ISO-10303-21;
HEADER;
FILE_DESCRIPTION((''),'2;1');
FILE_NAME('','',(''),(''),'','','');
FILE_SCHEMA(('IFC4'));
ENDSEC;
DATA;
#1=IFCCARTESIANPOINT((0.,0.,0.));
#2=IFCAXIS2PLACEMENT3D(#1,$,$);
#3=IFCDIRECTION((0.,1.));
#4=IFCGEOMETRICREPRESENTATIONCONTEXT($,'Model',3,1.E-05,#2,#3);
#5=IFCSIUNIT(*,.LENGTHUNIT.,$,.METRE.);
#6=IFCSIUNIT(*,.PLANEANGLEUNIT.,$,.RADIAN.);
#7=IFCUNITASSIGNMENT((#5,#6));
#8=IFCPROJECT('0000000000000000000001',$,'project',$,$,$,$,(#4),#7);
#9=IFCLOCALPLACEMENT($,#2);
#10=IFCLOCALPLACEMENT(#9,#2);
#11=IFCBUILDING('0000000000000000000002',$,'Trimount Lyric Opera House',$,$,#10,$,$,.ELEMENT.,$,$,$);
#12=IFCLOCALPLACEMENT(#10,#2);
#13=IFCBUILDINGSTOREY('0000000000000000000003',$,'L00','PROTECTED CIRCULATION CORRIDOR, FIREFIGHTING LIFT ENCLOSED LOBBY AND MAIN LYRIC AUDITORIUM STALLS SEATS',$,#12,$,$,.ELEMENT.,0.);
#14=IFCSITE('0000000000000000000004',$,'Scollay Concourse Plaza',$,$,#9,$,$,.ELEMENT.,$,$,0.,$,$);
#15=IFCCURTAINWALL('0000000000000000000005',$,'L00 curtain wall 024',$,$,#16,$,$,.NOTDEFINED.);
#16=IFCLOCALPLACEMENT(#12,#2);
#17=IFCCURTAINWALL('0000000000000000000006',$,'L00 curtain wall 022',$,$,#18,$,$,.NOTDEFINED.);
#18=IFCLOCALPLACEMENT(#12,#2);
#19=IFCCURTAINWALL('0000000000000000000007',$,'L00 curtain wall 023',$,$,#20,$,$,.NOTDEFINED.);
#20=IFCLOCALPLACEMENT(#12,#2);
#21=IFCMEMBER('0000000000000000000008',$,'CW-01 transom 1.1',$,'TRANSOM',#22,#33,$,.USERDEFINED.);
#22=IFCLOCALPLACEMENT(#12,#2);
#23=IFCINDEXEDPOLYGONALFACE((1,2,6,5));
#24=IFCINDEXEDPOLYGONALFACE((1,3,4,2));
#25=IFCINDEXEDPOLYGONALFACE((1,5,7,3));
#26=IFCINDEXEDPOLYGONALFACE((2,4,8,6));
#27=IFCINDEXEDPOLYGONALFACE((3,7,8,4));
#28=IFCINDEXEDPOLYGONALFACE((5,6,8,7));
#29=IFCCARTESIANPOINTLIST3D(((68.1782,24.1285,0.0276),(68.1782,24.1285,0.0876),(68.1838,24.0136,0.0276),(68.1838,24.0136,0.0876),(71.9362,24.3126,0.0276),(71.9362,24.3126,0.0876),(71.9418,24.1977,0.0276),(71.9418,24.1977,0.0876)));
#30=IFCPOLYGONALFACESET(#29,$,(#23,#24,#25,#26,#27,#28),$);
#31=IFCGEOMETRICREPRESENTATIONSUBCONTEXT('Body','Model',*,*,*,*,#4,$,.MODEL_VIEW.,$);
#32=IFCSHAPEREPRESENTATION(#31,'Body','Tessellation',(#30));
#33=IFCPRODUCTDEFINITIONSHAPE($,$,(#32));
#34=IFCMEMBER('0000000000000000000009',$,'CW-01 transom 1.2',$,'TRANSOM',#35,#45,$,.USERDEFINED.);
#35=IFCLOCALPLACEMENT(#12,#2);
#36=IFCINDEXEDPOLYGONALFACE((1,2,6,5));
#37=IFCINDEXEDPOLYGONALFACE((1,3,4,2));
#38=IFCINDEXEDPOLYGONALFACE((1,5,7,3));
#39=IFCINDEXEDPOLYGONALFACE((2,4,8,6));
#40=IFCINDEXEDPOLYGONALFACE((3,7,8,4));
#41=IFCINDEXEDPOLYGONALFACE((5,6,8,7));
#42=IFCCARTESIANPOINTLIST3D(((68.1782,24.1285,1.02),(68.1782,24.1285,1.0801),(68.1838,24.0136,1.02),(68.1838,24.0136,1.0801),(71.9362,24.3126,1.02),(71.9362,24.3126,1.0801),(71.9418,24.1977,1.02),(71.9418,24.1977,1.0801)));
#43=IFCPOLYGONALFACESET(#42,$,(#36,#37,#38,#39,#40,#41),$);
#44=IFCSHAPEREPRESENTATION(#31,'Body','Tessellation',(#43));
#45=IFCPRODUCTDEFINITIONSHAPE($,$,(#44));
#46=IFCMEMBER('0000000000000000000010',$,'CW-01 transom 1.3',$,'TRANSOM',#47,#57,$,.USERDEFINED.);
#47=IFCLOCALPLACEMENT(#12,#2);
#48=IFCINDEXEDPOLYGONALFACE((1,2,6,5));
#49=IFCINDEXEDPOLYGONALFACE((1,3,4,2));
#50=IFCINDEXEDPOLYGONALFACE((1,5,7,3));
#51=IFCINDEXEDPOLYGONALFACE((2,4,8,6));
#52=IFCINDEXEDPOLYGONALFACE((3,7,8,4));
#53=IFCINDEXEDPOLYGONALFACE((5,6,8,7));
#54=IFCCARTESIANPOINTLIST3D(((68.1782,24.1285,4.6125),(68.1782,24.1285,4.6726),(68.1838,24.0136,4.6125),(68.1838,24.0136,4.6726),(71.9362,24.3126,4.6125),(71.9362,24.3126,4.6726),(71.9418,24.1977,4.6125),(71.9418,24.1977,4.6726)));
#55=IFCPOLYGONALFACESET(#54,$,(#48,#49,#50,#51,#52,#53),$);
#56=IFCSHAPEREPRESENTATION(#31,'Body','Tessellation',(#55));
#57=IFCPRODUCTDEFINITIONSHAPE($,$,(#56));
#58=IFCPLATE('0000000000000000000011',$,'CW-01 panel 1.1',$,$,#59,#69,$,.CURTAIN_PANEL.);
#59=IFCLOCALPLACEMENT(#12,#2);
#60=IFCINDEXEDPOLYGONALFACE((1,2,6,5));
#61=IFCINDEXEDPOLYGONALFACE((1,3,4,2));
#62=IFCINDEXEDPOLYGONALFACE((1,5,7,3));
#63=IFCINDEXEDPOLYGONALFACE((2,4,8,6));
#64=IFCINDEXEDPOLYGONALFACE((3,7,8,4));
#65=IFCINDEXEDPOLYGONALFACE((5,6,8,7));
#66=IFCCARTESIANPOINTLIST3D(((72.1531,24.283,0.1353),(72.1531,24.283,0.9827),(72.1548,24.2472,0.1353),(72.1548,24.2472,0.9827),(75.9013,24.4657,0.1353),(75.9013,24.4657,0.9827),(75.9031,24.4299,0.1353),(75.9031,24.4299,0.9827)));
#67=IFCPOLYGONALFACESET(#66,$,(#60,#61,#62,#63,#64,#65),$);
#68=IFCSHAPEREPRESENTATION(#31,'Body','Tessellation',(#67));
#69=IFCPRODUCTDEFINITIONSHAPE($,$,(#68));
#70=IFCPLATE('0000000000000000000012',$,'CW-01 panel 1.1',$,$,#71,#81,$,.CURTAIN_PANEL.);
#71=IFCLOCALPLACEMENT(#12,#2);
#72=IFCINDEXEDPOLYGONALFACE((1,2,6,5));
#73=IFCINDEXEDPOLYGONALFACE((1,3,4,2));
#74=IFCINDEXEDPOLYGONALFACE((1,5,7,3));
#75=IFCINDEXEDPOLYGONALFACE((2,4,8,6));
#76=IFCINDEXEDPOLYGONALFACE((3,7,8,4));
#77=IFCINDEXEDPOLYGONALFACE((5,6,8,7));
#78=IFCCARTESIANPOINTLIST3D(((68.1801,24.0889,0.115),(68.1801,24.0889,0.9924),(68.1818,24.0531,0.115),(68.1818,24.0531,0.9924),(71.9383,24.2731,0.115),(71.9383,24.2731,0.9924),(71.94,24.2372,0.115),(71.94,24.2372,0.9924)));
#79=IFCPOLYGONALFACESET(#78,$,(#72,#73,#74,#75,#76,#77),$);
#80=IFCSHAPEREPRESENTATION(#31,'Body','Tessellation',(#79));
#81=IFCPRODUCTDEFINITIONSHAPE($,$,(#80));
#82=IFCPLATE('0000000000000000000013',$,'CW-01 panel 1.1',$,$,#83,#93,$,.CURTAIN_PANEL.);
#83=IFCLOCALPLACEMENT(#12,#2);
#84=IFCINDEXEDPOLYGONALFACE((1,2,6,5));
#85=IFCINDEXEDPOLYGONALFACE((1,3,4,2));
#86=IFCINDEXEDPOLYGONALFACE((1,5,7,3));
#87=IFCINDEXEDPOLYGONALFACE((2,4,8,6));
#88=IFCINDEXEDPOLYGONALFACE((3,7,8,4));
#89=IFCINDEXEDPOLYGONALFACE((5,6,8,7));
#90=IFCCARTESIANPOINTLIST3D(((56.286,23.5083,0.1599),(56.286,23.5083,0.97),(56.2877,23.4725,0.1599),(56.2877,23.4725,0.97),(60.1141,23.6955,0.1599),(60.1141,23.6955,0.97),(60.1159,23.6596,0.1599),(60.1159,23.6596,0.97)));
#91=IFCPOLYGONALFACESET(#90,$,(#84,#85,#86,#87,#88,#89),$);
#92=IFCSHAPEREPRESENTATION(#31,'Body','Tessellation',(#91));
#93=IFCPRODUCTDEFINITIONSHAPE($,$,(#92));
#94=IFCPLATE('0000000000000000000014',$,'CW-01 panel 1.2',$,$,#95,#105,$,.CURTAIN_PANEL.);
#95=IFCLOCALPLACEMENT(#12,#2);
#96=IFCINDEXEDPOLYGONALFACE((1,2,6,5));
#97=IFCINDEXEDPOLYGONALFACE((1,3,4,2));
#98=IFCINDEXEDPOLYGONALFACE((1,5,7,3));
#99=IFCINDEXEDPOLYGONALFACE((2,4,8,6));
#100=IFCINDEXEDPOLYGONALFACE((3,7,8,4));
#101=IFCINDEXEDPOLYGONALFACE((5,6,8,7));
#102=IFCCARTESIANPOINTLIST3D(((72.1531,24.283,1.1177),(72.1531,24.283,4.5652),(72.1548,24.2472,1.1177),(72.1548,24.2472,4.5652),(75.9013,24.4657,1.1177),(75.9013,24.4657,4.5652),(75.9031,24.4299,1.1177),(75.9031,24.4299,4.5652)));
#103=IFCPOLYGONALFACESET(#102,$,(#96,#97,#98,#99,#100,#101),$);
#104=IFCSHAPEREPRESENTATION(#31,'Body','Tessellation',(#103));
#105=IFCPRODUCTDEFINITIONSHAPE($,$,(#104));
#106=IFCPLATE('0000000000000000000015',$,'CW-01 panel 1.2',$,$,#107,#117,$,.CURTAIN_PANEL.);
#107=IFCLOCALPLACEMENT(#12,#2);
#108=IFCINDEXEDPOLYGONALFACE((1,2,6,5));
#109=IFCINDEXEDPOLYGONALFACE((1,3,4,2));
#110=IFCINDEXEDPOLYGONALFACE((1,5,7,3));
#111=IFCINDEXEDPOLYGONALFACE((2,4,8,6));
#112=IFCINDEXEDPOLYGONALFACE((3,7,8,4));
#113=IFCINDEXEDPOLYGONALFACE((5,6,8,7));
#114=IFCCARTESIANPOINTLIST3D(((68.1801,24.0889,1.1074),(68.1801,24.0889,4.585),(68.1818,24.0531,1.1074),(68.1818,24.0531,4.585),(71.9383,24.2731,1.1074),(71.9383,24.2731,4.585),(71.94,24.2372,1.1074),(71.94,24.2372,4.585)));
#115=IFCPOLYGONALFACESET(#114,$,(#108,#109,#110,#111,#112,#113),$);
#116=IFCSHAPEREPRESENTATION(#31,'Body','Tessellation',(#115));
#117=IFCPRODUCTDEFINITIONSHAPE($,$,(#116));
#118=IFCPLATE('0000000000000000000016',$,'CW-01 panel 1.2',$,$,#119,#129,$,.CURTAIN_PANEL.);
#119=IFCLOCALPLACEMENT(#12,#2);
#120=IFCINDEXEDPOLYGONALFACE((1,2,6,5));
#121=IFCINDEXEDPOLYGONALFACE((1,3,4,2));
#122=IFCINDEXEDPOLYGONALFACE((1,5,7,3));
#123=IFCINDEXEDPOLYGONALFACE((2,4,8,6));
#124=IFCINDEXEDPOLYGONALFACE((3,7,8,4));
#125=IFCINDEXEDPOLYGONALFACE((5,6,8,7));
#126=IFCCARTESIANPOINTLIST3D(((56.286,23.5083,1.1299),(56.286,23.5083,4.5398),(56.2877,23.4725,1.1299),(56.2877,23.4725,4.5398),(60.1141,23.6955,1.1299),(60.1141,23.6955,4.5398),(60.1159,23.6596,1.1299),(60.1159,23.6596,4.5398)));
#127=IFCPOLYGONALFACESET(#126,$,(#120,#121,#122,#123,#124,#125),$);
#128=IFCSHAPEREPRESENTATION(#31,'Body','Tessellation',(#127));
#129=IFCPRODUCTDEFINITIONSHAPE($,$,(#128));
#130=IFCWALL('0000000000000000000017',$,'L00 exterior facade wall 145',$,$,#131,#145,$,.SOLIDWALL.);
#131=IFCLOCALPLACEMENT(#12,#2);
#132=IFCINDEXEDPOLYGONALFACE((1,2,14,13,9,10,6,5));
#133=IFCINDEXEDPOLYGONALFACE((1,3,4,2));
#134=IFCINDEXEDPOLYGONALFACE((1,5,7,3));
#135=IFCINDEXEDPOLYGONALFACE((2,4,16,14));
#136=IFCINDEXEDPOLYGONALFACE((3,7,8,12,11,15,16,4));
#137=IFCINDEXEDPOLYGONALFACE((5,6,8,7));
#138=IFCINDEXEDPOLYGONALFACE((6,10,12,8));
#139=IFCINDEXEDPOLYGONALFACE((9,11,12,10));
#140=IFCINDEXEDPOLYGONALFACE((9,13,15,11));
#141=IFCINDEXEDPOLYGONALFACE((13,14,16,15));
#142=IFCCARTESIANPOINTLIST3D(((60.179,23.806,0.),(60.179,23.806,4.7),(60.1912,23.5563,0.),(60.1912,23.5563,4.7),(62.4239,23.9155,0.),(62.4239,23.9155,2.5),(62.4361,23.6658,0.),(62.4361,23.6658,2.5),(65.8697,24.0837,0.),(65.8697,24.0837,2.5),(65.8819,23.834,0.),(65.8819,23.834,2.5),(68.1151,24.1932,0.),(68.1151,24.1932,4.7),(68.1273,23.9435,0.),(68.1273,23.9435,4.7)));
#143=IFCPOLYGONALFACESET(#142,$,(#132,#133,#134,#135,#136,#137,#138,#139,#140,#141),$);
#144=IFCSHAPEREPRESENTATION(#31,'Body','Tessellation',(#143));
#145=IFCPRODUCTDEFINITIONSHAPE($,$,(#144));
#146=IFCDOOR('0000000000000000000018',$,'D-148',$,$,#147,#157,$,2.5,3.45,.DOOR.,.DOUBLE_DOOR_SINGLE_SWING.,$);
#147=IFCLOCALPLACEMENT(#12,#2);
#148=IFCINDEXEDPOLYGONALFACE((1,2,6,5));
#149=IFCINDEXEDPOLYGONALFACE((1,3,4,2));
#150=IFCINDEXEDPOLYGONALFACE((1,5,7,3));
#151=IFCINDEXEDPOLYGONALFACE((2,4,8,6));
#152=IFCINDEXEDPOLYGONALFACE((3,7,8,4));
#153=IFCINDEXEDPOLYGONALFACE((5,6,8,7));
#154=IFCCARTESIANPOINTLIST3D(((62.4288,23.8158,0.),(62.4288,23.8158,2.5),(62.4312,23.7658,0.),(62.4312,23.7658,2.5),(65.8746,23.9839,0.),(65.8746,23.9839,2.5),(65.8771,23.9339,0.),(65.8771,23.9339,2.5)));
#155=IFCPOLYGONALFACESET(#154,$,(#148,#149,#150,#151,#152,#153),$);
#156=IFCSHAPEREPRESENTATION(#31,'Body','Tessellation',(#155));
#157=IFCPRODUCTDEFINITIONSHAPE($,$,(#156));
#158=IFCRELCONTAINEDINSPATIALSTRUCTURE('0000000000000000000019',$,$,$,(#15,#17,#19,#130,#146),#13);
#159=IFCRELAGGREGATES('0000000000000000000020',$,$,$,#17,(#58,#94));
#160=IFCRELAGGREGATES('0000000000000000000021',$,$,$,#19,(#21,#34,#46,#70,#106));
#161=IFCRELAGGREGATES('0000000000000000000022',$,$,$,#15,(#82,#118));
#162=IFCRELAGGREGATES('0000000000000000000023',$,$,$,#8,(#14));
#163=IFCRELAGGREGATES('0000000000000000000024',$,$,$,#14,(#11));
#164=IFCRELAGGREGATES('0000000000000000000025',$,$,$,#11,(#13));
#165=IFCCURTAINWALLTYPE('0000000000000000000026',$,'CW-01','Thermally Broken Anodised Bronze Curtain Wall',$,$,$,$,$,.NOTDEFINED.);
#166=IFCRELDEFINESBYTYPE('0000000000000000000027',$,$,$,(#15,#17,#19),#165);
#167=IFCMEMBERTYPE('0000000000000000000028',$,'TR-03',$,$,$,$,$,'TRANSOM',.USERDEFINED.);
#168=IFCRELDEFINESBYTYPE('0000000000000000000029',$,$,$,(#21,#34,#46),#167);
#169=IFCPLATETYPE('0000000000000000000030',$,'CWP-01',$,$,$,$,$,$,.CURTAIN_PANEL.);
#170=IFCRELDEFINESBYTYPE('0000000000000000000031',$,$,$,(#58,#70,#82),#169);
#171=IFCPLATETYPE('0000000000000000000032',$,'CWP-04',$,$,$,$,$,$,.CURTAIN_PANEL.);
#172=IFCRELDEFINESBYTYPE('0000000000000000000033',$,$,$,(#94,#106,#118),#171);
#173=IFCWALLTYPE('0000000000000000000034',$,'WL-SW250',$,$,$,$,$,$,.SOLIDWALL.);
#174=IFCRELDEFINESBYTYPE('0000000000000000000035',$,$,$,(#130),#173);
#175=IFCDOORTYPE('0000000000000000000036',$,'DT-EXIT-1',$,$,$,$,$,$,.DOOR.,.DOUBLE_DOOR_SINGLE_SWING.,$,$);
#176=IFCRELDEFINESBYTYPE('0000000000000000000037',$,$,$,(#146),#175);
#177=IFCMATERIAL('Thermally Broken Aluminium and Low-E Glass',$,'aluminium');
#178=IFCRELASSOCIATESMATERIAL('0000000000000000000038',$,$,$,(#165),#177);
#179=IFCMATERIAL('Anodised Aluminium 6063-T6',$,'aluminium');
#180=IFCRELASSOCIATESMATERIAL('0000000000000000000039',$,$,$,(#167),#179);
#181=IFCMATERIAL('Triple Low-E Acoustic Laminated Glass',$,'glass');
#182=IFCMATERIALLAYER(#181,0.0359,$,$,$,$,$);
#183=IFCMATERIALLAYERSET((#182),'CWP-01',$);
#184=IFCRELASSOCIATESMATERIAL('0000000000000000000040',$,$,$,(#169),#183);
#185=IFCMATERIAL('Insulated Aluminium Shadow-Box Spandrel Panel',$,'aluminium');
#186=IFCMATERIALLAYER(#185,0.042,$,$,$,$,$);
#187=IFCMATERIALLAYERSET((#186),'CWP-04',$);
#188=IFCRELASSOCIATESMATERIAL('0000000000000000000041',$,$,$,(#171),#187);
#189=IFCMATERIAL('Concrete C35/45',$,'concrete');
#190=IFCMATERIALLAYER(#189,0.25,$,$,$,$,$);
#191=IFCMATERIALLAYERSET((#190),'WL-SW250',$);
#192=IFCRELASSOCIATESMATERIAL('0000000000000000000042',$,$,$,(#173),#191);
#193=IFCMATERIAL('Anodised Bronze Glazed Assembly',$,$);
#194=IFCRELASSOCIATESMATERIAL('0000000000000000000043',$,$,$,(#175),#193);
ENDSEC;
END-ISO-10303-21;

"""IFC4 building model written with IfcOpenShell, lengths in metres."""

from ifc_helpers import new_model, si_unit, direction, frame, frame_2d, origin, origin_2d, place, context, subcontext, project, spatial, rectangle, extrude, material, layer, layer_set, material_profile, profile_set, type_object, element, fill, aggregate, save


model = new_model("IFC4")

# Units and contexts
model_context = context("Model", 3, precision=1e-05, world=origin(), true_north=direction((0.0, 1.0)))
body_context = subcontext(model_context, "Body", "Model", "MODEL_VIEW")
ifc_project = project(units=[si_unit("LENGTHUNIT", "METRE"), si_unit("PLANEANGLEUNIT", "RADIAN")], contexts=[model_context])

# Site, building, storey
site_placement = place(None, origin())
site = spatial("IfcSite", under=ifc_project, at=site_placement, Name="Scollay Concourse Plaza", CompositionType="ELEMENT", RefElevation=0.0)
building_placement = place(site_placement, origin())
building = spatial("IfcBuilding", under=site, at=building_placement, Name="Trimount Lyric Opera House", CompositionType="ELEMENT")
storey_placement = place(building_placement, origin())
storey = spatial("IfcBuildingStorey", under=building, at=storey_placement, Name="L00", Description="PROTECTED CIRCULATION CORRIDOR, FIREFIGHTING LIFT ENCLOSED LOBBY AND MAIN LYRIC AUDITORIUM STALLS SEATS", CompositionType="ELEMENT", Elevation=0.0)

# Shared definitions
ifc_material_1 = material(Name="Thermally Broken Aluminium and Low-E Glass", Category="aluminium")
curtain_wall_type = type_object("IfcCurtainWallType", Name="CW-01", Description="Thermally Broken Anodised Bronze Curtain Wall", PredefinedType="NOTDEFINED", material=ifc_material_1)

# Curtain walls
curtain_wall_1_placement = place(storey_placement, origin())
curtain_wall_1 = element("IfcCurtainWall", 1, at=curtain_wall_1_placement, inside=storey, type_object=curtain_wall_type, Name="L00 curtain wall 024", PredefinedType="NOTDEFINED")
curtain_wall_2_placement = place(storey_placement, origin())
curtain_wall_2 = element("IfcCurtainWall", 2, at=curtain_wall_2_placement, inside=storey, type_object=curtain_wall_type, Name="L00 curtain wall 022", PredefinedType="NOTDEFINED")

# Curtain wall
curtain_wall_3_placement = place(storey_placement, origin())
curtain_wall_3 = element("IfcCurtainWall", 3, at=curtain_wall_3_placement, inside=storey, type_object=curtain_wall_type, Name="L00 curtain wall 023", PredefinedType="NOTDEFINED")

# Members
ifc_material_2 = material(Name="Anodised Aluminium 6063-T6", Category="aluminium")
ifc_material_profile_1 = material_profile(ifc_material_2, rectangle(XDim=0.115, YDim=0.0601, at=origin_2d()), Name="ALU-TRAN-60X115")
ifc_profile_set_1 = profile_set([ifc_material_profile_1], Name="Anodised Aluminium 6063-T6")
member_type_1 = type_object("IfcMemberType", Name="TR-03", ElementType="TRANSOM", PredefinedType="USERDEFINED", material=ifc_profile_set_1)
member_1_placement = place(storey_placement, frame((71.939, 24.2551, 0.0576), z_axis=(-0.998802, -0.048925, 0.0), x_axis=(0.048925, -0.998802, 0.0)))
member_1 = element("IfcMember", 4, at=member_1_placement, type_object=member_type_1, Name="CW-01 transom 1.1", ObjectType="TRANSOM", PredefinedType="USERDEFINED", context=body_context, shape_type="SweptSolid", body=[
    extrude(rectangle(XDim=0.115, YDim=0.0601, at=origin_2d()), origin(), (0.0, 0.0, 1.0), 3.7625),
])
member_2_placement = place(storey_placement, frame((71.939, 24.2551, 1.05), z_axis=(-0.998802, -0.048925, 0.0), x_axis=(0.048925, -0.998802, 0.0)))
member_2 = element("IfcMember", 5, at=member_2_placement, type_object=member_type_1, Name="CW-01 transom 1.2", ObjectType="TRANSOM", PredefinedType="USERDEFINED", context=body_context, shape_type="SweptSolid", body=[
    extrude(rectangle(XDim=0.115, YDim=0.0601, at=origin_2d()), origin(), (0.0, 0.0, 1.0), 3.7625),
])
member_3_placement = place(storey_placement, frame((71.939, 24.2551, 4.6426), z_axis=(-0.998802, -0.048925, 0.0), x_axis=(0.048925, -0.998802, 0.0)))
member_3 = element("IfcMember", 6, at=member_3_placement, type_object=member_type_1, Name="CW-01 transom 1.3", ObjectType="TRANSOM", PredefinedType="USERDEFINED", context=body_context, shape_type="SweptSolid", body=[
    extrude(rectangle(XDim=0.115, YDim=0.0601, at=origin_2d()), origin(), (0.0, 0.0, 1.0), 3.7625),
])

# Plates
ifc_material_3 = material(Name="Triple Low-E Acoustic Laminated Glass", Category="glass")
ifc_layer_1 = layer(ifc_material_3, 0.0359)
ifc_layer_set_1 = layer_set([ifc_layer_1], Name="CWP-01")
plate_type_1 = type_object("IfcPlateType", Name="CWP-01", PredefinedType="CURTAIN_PANEL", material=ifc_layer_set_1)
plate_1_placement = place(storey_placement, frame((74.0281, 24.3564, 0.1353), z_axis=(0.0, 0.0, 1.0), x_axis=(-0.998814, -0.048679, 0.0)))
plate_1 = element("IfcPlate", 7, at=plate_1_placement, type_object=plate_type_1, Name="CW-01 panel 1.1", PredefinedType="CURTAIN_PANEL", context=body_context, shape_type="SweptSolid", body=[
    extrude(rectangle(XDim=3.7527, YDim=0.0359, at=origin_2d()), origin(), (0.0, 0.0, 1.0), 0.8474),
])
plate_2_placement = place(storey_placement, frame((70.0601, 24.1631, 0.115), z_axis=(0.0, 0.0, 1.0), x_axis=(-0.998802, -0.048936, 0.0)))
plate_2 = element("IfcPlate", 8, at=plate_2_placement, type_object=plate_type_1, Name="CW-01 panel 1.1", PredefinedType="CURTAIN_PANEL", context=body_context, shape_type="SweptSolid", body=[
    extrude(rectangle(XDim=3.7627, YDim=0.0359, at=origin_2d()), origin(), (0.0, 0.0, 1.0), 0.8774),
])
plate_3_placement = place(storey_placement, frame((58.2009, 23.584, 0.1599), z_axis=(0.0, 0.0, 1.0), x_axis=(-0.998807, -0.048833, 0.0)))
plate_3 = element("IfcPlate", 9, at=plate_3_placement, type_object=plate_type_1, Name="CW-01 panel 1.1", PredefinedType="CURTAIN_PANEL", context=body_context, shape_type="SweptSolid", body=[
    extrude(rectangle(XDim=3.8328, YDim=0.0359, at=origin_2d()), origin(), (0.0, 0.0, 1.0), 0.8101),
])
ifc_material_4 = material(Name="Insulated Aluminium Shadow-Box Spandrel Panel", Category="aluminium")
ifc_layer_2 = layer(ifc_material_4, 0.042)
ifc_layer_set_2 = layer_set([ifc_layer_2], Name="CWP-04")
plate_type_2 = type_object("IfcPlateType", Name="CWP-04", PredefinedType="CURTAIN_PANEL", material=ifc_layer_set_2)
plate_4_placement = place(storey_placement, frame((74.0281, 24.3564, 1.1177), z_axis=(0.0, 0.0, 1.0), x_axis=(-0.998814, -0.048679, 0.0)))
plate_4 = element("IfcPlate", 10, at=plate_4_placement, type_object=plate_type_2, Name="CW-01 panel 1.2", PredefinedType="CURTAIN_PANEL", context=body_context, shape_type="SweptSolid", body=[
    extrude(rectangle(XDim=3.7527, YDim=0.0359, at=origin_2d()), origin(), (0.0, 0.0, 1.0), 3.4475),
])
aggregate(curtain_wall_2, [plate_1, plate_4])
plate_5_placement = place(storey_placement, frame((70.0601, 24.1631, 1.1074), z_axis=(0.0, 0.0, 1.0), x_axis=(-0.998802, -0.048936, 0.0)))
plate_5 = element("IfcPlate", 11, at=plate_5_placement, type_object=plate_type_2, Name="CW-01 panel 1.2", PredefinedType="CURTAIN_PANEL", context=body_context, shape_type="SweptSolid", body=[
    extrude(rectangle(XDim=3.7627, YDim=0.0359, at=origin_2d()), origin(), (0.0, 0.0, 1.0), 3.4775),
])
aggregate(curtain_wall_3, [member_1, member_2, member_3, plate_2, plate_5])
plate_6_placement = place(storey_placement, frame((58.2009, 23.584, 1.1299), z_axis=(0.0, 0.0, 1.0), x_axis=(-0.998807, -0.048833, 0.0)))
plate_6 = element("IfcPlate", 12, at=plate_6_placement, type_object=plate_type_2, Name="CW-01 panel 1.2", PredefinedType="CURTAIN_PANEL", context=body_context, shape_type="SweptSolid", body=[
    extrude(rectangle(XDim=3.8328, YDim=0.0359, at=origin_2d()), origin(), (0.0, 0.0, 1.0), 3.4099),
])
aggregate(curtain_wall_1, [plate_3, plate_6])

# Wall, opening, door
ifc_material_5 = material(Name="Concrete C35/45", Category="concrete")
ifc_layer_3 = layer(ifc_material_5, 0.25)
ifc_layer_set_3 = layer_set([ifc_layer_3], Name="WL-SW250")
wall_type = type_object("IfcWallType", Name="WL-SW250", PredefinedType="SOLIDWALL", material=ifc_layer_set_3)
wall_placement = place(storey_placement, frame((68.1211, 24.0684, 0.0), z_axis=(0.0, 0.0, 1.0), x_axis=(-0.998812, -0.048733, 0.0)))
wall = element("IfcWall", 13, at=wall_placement, inside=storey, type_object=wall_type, Name="L00 exterior facade wall 145", PredefinedType="SOLIDWALL", context=body_context, shape_type="SweptSolid", body=[
    extrude(rectangle(XDim=7.9456, YDim=0.25, at=frame_2d((3.9727, 0.0))), origin(), (0.0, 0.0, 1.0), 4.7),
])
opening_placement = place(wall_placement, frame((2.2478, 0.0, 0.0)))
opening = element("IfcOpeningElement", 14, at=opening_placement, cuts=wall, PredefinedType="OPENING", context=body_context, shape_type="SweptSolid", body=[
    extrude(rectangle(XDim=3.45, YDim=2.5, at=frame_2d((1.7251, 1.25))), frame((0.0, 0.135, 0.0), z_axis=(0.0, -1.0, 0.0), x_axis=(1.0, 0.0, 0.0)), (0.0, 0.0, 1.0), 0.27),
])
ifc_material_6 = material(Name="Anodised Bronze Glazed Assembly")
door_type = type_object("IfcDoorType", Name="DT-EXIT-1", OperationType="DOUBLE_DOOR_SINGLE_SWING", PredefinedType="DOOR", material=ifc_material_6)
door_placement = place(opening_placement, origin())
door = element("IfcDoor", 15, at=door_placement, inside=storey, type_object=door_type, Name="D-148", OperationType="DOUBLE_DOOR_SINGLE_SWING", OverallHeight=2.5, OverallWidth=3.45, PredefinedType="DOOR", context=body_context, shape_type="SweptSolid", body=[
    extrude(rectangle(XDim=3.45, YDim=2.5, at=frame_2d((1.7251, 1.25))), frame((0.0, 0.0249, 0.0), z_axis=(0.0, -1.0, 0.0), x_axis=(1.0, 0.0, 0.0)), (0.0, 0.0, 1.0), 0.05),
])
fill(opening, door)

save(model, "model.ifc")
